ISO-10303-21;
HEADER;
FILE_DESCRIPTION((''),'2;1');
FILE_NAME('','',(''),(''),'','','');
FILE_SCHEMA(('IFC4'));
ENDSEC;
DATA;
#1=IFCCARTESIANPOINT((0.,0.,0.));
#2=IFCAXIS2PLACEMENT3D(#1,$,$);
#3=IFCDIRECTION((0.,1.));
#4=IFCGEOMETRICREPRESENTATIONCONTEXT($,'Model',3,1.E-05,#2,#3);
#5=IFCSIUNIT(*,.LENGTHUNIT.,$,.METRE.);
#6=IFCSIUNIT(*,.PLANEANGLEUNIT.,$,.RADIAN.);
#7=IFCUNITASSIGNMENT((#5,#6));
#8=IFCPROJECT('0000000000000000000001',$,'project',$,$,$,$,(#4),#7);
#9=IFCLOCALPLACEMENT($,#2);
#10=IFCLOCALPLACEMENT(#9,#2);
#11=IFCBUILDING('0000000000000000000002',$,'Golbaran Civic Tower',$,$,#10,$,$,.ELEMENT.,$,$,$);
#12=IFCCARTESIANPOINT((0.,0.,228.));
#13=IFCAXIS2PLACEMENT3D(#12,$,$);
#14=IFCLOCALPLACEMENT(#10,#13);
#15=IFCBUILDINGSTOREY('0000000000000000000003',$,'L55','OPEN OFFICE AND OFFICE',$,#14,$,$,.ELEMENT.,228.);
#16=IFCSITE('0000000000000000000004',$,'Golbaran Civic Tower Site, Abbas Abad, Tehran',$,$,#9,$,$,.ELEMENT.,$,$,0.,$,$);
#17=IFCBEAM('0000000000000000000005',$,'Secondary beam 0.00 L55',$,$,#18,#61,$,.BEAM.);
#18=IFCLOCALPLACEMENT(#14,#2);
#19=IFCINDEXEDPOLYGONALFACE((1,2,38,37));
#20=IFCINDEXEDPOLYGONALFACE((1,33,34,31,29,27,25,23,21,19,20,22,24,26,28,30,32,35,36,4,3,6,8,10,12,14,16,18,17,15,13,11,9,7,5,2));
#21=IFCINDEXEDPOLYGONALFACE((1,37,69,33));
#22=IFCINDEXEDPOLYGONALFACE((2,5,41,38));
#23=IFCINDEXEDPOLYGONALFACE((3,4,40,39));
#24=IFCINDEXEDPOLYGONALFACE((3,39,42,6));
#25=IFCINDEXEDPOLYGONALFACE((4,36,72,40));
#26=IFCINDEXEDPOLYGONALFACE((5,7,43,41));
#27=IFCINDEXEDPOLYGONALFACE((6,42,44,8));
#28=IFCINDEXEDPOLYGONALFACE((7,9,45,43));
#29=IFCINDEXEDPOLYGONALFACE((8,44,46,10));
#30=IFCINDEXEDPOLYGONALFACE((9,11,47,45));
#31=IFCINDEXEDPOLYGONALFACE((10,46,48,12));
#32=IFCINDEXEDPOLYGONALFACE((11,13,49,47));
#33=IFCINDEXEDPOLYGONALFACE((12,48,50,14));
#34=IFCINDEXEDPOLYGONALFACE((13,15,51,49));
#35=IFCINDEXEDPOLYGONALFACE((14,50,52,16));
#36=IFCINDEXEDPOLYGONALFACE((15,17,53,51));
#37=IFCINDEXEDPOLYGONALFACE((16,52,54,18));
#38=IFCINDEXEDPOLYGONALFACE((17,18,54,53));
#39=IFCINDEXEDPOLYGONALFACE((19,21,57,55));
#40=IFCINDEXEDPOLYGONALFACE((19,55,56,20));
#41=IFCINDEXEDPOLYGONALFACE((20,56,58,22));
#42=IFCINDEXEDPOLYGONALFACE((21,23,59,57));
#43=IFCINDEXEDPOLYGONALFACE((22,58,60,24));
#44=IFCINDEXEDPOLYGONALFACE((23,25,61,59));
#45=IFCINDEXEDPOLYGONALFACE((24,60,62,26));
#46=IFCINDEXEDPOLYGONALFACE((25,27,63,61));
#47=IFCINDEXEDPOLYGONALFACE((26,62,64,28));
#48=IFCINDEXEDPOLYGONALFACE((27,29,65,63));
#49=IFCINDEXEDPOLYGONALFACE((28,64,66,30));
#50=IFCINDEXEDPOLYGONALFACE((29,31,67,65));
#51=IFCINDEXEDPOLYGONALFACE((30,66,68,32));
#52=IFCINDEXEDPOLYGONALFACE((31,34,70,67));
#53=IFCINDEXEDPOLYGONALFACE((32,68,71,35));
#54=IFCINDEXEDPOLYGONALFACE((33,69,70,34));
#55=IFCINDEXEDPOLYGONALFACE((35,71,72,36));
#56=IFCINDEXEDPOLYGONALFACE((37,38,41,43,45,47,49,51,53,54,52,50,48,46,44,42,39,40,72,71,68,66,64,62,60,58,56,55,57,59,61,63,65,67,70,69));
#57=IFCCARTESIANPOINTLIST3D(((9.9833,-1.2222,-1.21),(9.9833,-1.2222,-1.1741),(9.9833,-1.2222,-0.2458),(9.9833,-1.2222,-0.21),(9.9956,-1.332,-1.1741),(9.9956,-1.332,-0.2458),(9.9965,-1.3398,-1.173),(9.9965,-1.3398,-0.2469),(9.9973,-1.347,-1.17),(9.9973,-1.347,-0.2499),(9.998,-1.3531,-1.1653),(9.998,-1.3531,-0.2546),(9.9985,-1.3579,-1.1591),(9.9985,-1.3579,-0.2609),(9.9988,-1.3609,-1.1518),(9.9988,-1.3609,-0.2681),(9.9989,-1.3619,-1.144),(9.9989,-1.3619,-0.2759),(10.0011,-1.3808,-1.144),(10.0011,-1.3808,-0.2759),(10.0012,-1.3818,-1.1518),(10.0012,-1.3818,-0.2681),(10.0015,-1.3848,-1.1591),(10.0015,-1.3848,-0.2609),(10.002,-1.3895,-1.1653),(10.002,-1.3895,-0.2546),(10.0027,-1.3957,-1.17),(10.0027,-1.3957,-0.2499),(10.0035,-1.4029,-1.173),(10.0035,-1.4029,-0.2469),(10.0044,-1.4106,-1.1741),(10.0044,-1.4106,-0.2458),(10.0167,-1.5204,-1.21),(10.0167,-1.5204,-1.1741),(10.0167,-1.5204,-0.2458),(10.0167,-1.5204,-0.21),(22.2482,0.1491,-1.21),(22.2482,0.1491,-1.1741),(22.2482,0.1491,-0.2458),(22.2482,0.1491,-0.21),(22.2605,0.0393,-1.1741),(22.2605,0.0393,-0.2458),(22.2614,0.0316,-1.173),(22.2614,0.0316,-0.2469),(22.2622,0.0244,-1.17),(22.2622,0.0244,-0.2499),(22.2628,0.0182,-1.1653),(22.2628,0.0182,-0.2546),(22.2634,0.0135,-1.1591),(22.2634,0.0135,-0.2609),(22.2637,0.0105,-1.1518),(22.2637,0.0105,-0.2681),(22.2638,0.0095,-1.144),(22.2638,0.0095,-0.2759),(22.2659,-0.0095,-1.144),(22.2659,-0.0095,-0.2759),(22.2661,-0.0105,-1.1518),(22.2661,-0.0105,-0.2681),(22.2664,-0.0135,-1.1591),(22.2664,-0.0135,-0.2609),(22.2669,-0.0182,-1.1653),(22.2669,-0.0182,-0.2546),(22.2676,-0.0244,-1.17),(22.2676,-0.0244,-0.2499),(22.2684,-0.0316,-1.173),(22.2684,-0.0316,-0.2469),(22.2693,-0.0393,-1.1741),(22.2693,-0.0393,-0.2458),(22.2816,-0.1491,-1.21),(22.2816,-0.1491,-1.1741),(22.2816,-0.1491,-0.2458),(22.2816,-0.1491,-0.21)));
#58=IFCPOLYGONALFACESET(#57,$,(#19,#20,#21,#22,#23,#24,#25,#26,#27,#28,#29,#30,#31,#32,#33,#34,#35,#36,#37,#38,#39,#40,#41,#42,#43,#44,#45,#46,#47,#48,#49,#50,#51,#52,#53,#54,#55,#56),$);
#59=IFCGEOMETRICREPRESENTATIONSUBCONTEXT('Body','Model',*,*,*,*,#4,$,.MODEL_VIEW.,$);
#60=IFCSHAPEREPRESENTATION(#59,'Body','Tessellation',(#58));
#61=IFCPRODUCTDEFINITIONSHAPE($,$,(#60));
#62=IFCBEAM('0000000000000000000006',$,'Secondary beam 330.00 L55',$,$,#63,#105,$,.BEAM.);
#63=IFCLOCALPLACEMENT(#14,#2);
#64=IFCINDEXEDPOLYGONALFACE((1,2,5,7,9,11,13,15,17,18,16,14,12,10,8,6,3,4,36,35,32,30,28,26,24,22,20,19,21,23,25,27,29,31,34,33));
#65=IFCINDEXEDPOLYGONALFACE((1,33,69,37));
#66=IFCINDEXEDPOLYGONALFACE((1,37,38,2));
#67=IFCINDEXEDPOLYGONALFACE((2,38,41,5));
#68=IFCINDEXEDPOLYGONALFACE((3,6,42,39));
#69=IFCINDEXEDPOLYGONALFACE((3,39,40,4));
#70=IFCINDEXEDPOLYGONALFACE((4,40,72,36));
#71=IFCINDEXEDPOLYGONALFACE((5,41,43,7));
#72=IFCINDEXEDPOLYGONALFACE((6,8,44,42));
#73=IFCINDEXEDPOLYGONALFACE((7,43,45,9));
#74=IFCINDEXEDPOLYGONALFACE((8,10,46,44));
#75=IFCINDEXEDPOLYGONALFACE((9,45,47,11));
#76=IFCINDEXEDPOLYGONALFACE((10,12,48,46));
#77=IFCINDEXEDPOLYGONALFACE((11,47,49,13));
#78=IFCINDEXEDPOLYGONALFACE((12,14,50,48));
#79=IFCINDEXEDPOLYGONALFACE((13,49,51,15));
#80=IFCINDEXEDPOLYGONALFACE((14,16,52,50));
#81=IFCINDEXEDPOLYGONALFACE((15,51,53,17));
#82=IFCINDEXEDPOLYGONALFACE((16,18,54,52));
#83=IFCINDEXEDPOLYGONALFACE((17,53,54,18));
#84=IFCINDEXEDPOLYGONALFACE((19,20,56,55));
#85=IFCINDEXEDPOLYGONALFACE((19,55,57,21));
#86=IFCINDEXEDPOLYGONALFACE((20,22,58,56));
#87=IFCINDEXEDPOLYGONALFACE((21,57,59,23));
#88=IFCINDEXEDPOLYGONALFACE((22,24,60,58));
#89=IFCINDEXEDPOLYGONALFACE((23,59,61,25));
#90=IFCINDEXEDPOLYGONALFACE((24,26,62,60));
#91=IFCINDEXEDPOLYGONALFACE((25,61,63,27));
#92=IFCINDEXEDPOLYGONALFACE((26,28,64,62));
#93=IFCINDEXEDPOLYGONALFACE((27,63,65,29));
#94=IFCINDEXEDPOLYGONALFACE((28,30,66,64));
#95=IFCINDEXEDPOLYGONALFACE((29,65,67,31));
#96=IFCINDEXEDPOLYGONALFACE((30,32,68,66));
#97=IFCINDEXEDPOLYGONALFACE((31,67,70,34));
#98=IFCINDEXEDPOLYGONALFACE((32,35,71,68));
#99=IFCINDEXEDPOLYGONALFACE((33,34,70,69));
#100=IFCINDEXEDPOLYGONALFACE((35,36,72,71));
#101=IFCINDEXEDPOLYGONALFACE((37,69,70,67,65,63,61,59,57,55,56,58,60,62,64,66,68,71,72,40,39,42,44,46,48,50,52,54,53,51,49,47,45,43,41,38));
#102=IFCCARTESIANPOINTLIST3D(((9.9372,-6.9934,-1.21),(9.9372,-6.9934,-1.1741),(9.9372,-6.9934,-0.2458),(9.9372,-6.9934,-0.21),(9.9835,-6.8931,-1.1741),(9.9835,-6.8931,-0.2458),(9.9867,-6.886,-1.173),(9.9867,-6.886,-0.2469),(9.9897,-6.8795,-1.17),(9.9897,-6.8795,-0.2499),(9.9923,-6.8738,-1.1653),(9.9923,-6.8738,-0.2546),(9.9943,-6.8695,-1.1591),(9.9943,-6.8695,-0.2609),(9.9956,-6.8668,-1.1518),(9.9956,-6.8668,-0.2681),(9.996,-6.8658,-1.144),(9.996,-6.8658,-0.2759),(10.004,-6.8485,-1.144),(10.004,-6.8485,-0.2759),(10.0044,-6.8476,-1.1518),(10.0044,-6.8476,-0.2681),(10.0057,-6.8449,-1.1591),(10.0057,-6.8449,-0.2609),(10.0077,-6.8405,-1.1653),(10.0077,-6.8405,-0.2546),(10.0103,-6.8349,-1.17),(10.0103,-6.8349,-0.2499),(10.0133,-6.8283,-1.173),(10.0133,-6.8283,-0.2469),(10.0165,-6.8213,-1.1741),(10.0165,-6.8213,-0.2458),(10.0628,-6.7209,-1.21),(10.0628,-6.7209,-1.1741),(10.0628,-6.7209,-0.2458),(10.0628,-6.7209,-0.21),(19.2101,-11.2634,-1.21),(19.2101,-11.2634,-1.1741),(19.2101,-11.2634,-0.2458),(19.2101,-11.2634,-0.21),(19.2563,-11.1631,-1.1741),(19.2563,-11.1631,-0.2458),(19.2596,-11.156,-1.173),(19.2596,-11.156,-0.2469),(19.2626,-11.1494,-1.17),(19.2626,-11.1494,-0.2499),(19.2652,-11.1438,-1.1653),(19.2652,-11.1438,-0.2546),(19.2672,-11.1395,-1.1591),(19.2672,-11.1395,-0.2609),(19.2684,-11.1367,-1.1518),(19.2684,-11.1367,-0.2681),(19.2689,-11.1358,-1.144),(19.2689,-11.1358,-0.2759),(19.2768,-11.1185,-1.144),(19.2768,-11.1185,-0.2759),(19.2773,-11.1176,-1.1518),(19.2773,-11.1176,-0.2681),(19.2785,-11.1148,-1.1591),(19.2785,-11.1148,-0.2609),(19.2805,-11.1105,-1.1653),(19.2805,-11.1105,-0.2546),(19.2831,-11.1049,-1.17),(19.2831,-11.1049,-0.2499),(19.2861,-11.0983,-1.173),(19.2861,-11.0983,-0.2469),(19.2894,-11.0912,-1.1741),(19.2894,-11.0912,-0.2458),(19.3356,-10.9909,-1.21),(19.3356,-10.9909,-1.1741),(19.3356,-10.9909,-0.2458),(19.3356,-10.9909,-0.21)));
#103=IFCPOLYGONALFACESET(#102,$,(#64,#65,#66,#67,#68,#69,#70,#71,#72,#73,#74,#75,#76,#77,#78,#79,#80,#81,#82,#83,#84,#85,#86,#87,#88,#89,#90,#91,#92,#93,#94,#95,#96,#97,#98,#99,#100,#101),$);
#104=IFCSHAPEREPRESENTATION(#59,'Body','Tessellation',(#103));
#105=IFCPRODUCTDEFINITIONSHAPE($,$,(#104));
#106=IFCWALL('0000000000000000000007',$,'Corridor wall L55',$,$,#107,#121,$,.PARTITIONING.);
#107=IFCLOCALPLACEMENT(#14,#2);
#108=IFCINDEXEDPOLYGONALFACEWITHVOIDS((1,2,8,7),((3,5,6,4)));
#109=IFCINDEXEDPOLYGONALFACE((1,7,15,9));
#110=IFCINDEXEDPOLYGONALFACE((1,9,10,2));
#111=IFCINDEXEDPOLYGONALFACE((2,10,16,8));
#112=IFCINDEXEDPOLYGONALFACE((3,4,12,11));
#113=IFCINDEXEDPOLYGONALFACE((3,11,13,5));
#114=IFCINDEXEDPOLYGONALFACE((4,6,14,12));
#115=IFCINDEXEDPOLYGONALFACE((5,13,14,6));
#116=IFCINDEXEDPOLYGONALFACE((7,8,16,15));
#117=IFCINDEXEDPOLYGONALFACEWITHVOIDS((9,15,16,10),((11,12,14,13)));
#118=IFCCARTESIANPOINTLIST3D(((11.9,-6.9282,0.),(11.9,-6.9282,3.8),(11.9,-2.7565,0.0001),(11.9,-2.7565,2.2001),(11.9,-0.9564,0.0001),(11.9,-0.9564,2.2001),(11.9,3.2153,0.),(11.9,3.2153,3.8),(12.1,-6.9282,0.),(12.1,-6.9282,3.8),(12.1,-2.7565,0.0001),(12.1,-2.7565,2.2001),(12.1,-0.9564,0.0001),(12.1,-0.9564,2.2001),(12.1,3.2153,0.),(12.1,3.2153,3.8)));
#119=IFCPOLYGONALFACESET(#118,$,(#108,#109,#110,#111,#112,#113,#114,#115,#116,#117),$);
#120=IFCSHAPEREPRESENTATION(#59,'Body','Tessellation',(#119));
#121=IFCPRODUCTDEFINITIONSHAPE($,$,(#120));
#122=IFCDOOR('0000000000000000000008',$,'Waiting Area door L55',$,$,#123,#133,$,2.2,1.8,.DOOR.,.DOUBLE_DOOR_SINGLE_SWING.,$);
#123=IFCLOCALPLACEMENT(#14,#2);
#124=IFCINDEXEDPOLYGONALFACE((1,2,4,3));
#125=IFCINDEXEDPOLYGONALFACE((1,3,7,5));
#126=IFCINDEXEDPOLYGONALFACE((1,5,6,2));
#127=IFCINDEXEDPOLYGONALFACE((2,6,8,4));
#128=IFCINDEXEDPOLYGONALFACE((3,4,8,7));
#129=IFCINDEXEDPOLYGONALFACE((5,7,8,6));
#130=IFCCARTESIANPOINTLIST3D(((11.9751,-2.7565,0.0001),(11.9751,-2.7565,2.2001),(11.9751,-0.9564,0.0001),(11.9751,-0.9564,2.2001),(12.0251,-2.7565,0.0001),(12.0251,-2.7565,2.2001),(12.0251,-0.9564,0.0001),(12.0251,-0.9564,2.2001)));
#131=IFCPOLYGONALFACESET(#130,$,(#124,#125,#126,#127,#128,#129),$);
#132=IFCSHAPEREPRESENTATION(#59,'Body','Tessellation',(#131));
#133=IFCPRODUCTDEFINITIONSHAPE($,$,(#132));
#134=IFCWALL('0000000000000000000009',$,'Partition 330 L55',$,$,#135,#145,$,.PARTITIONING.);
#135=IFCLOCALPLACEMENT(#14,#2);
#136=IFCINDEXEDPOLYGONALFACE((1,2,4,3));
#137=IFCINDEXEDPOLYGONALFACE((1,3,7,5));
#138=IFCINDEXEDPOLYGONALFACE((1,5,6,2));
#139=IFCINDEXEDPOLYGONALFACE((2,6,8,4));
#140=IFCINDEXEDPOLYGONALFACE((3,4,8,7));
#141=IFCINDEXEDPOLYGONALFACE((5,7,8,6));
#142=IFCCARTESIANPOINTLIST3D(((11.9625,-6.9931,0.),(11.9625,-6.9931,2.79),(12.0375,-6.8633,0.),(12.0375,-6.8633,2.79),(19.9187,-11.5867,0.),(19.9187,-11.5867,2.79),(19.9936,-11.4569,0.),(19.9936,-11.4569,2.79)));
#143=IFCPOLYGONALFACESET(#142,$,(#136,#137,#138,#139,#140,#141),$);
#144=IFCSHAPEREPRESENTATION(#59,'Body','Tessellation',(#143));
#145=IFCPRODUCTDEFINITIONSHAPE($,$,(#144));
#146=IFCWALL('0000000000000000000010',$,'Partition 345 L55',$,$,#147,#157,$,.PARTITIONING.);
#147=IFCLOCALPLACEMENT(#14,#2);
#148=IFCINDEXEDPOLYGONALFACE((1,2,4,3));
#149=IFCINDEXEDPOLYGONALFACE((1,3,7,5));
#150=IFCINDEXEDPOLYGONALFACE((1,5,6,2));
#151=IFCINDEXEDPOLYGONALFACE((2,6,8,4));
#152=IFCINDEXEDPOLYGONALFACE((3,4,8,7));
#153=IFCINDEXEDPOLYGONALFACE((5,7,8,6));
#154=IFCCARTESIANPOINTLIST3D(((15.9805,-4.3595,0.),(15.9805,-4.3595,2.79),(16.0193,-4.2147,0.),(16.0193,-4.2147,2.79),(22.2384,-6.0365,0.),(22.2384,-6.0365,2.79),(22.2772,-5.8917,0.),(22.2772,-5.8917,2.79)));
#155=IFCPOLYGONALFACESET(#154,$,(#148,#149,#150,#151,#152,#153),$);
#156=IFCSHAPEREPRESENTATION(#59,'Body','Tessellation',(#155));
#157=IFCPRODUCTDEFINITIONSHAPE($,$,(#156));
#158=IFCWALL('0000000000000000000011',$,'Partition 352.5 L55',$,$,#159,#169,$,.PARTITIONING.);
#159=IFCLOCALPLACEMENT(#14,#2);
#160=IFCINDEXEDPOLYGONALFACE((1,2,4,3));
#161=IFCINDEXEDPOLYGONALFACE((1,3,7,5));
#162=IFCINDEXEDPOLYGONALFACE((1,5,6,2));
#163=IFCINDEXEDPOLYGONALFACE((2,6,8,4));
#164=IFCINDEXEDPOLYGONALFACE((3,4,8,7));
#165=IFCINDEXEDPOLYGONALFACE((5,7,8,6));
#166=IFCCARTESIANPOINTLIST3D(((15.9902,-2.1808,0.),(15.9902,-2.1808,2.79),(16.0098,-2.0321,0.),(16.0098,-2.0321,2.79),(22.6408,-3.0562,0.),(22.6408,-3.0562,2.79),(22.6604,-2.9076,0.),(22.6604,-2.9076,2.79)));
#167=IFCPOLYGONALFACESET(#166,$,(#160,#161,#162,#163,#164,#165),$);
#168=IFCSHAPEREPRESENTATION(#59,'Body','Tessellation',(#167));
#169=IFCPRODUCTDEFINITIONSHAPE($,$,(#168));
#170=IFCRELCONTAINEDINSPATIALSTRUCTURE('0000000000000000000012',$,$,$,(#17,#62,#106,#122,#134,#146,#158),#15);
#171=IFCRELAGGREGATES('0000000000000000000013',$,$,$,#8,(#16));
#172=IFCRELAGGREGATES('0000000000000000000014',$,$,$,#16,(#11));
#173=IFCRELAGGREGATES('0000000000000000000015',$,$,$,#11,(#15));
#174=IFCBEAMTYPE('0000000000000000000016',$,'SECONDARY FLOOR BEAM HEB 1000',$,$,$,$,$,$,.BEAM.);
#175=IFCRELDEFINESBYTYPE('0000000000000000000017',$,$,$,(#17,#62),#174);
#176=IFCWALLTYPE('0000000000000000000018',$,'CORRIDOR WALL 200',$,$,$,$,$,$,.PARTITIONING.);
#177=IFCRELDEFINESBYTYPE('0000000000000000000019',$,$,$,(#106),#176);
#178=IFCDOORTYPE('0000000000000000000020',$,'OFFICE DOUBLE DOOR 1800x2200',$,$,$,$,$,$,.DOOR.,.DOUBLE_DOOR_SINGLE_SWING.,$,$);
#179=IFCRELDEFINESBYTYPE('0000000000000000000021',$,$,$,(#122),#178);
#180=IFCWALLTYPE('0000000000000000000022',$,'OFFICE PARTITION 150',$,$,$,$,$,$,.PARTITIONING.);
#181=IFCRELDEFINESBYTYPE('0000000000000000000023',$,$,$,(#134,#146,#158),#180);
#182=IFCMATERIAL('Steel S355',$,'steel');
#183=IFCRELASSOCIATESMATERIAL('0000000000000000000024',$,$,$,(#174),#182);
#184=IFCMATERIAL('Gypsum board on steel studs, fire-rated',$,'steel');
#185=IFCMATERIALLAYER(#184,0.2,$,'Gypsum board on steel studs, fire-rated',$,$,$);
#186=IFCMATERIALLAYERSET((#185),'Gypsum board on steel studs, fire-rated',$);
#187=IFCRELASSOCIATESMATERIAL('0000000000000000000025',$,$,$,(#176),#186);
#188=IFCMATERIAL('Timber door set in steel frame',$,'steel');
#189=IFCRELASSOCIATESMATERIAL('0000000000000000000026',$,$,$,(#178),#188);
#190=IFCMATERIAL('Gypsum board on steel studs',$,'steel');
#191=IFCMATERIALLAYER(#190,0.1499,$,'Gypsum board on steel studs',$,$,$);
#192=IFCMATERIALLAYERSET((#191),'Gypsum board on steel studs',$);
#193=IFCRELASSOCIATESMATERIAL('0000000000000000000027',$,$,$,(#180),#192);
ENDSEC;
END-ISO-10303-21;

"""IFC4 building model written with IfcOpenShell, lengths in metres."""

from ifc_helpers import new_model, si_unit, direction, frame, frame_2d, origin, origin_2d, place, context, subcontext, project, spatial, rectangle, i_section, extrude, material, layer, layer_set, material_profile, profile_set, type_object, element, fill, save


model = new_model("IFC4")

# Units and contexts
model_context = context("Model", 3, precision=1e-05, world=origin(), true_north=direction((0.0, 1.0)))
body_context = subcontext(model_context, "Body", "Model", "MODEL_VIEW")
ifc_project = project(units=[si_unit("LENGTHUNIT", "METRE"), si_unit("PLANEANGLEUNIT", "RADIAN")], contexts=[model_context])

# Site, building, storey
site_placement = place(None, origin())
site = spatial("IfcSite", under=ifc_project, at=site_placement, Name="Golbaran Civic Tower Site, Abbas Abad, Tehran", CompositionType="ELEMENT", RefElevation=0.0)
building_placement = place(site_placement, origin())
building = spatial("IfcBuilding", under=site, at=building_placement, Name="Golbaran Civic Tower", CompositionType="ELEMENT")
storey_placement = place(building_placement, frame((0.0, 0.0, 228.0)))
storey = spatial("IfcBuildingStorey", under=building, at=storey_placement, Name="L55", Description="OPEN OFFICE AND OFFICE", CompositionType="ELEMENT", Elevation=228.0)

# Beams
ifc_material_1 = material(Name="Steel S355", Category="steel")
ifc_material_profile_1 = material_profile(ifc_material_1, i_section(OverallWidth=0.3, OverallDepth=1.0, WebThickness=0.019, FlangeThickness=0.0359, FilletRadius=0.03, at=origin_2d()), Name="HEB 1000")
ifc_profile_set_1 = profile_set([ifc_material_profile_1], Name="Steel S355")
beam_type_1 = type_object("IfcBeamType", Name="SECONDARY FLOOR BEAM HEB 1000", PredefinedType="BEAM", material=ifc_profile_set_1)
beam_1_placement = place(storey_placement, frame((10.0, -1.3713, -0.71), z_axis=(0.993807, 0.111118, 0.0), x_axis=(-0.111118, 0.993807, 0.0)))
element("IfcBeam", 1, at=beam_1_placement, inside=storey, type_object=beam_type_1, Name="Secondary beam 0.00 L55", PredefinedType="BEAM", context=body_context, shape_type="SweptSolid", body=[
    extrude(i_section(OverallWidth=0.3, OverallDepth=1.0, WebThickness=0.019, FlangeThickness=0.0359, FilletRadius=0.03, at=origin_2d()), origin(), (0.0, 0.0, 1.0), 12.3413),
])
beam_2_placement = place(storey_placement, frame((10.0, -6.8572, -0.71), z_axis=(0.908324, -0.418266, 0.0), x_axis=(0.418266, 0.908324, 0.0)))
element("IfcBeam", 2, at=beam_2_placement, inside=storey, type_object=beam_type_1, Name="Secondary beam 330.00 L55", PredefinedType="BEAM", context=body_context, shape_type="SweptSolid", body=[
    extrude(i_section(OverallWidth=0.3, OverallDepth=1.0, WebThickness=0.019, FlangeThickness=0.0359, FilletRadius=0.03, at=origin_2d()), origin(), (0.0, 0.0, 1.0), 10.2087),
])

# Wall, opening, door
ifc_material_2 = material(Name="Gypsum board on steel studs, fire-rated", Category="steel")
ifc_layer_1 = layer(ifc_material_2, 0.2, Name="Gypsum board on steel studs, fire-rated")
ifc_layer_set_1 = layer_set([ifc_layer_1], Name="Gypsum board on steel studs, fire-rated")
wall_type_1 = type_object("IfcWallType", Name="CORRIDOR WALL 200", PredefinedType="PARTITIONING", material=ifc_layer_set_1)
wall_1_placement = place(storey_placement, frame((12.0, -6.9282, 0.0), z_axis=(0.0, 0.0, 1.0), x_axis=(0.0, 1.0, 0.0)))
wall_1 = element("IfcWall", 3, at=wall_1_placement, inside=storey, type_object=wall_type_1, Name="Corridor wall L55", PredefinedType="PARTITIONING", context=body_context, shape_type="SweptSolid", body=[
    extrude(rectangle(XDim=10.1436, YDim=0.2, at=frame_2d((5.0718, 0.0))), origin(), (0.0, 0.0, 1.0), 3.8),
])
opening_1_placement = place(wall_1_placement, frame((4.1719, 0.0, 0.0)))
opening_1 = element("IfcOpeningElement", 4, at=opening_1_placement, cuts=wall_1, PredefinedType="OPENING", context=body_context, shape_type="SweptSolid", body=[
    extrude(rectangle(XDim=1.8, YDim=2.2, at=frame_2d((0.8999, 1.1001))), frame((0.0, 0.1099, 0.0), z_axis=(0.0, -1.0, 0.0), x_axis=(1.0, 0.0, 0.0)), (0.0, 0.0, 1.0), 0.22),
])
ifc_material_3 = material(Name="Timber door set in steel frame", Category="steel")
door_type_1 = type_object("IfcDoorType", Name="OFFICE DOUBLE DOOR 1800x2200", OperationType="DOUBLE_DOOR_SINGLE_SWING", PredefinedType="DOOR", material=ifc_material_3)
door_1_placement = place(opening_1_placement, origin())
door_1 = element("IfcDoor", 5, at=door_1_placement, inside=storey, type_object=door_type_1, Name="Waiting Area door L55", OperationType="DOUBLE_DOOR_SINGLE_SWING", OverallHeight=2.2, OverallWidth=1.8, PredefinedType="DOOR", context=body_context, shape_type="SweptSolid", body=[
    extrude(rectangle(XDim=1.8, YDim=2.2, at=frame_2d((0.8999, 1.1001))), frame((0.0, 0.0249, 0.0), z_axis=(0.0, -1.0, 0.0), x_axis=(1.0, 0.0, 0.0)), (0.0, 0.0, 1.0), 0.05),
])
fill(opening_1, door_1)

# Walls
ifc_material_4 = material(Name="Gypsum board on steel studs", Category="steel")
ifc_layer_2 = layer(ifc_material_4, 0.1499, Name="Gypsum board on steel studs")
ifc_layer_set_2 = layer_set([ifc_layer_2], Name="Gypsum board on steel studs")
wall_type_2 = type_object("IfcWallType", Name="OFFICE PARTITION 150", PredefinedType="PARTITIONING", material=ifc_layer_set_2)
wall_2_placement = place(storey_placement, frame((12.0, -6.9282, 0.0), z_axis=(0.0, 0.0, 1.0), x_axis=(0.866022, -0.500006, 0.0)))
element("IfcWall", 6, at=wall_2_placement, inside=storey, type_object=wall_type_2, Name="Partition 330 L55", PredefinedType="PARTITIONING", context=body_context, shape_type="SweptSolid", body=[
    extrude(rectangle(XDim=9.187, YDim=0.1499, at=frame_2d((4.5935, 0.0))), origin(), (0.0, 0.0, 1.0), 2.79),
])
wall_3_placement = place(storey_placement, frame((16.0, -4.2871, 0.0), z_axis=(0.0, 0.0, 1.0), x_axis=(0.96592, -0.258842, 0.0)))
element("IfcWall", 7, at=wall_3_placement, inside=storey, type_object=wall_type_2, Name="Partition 345 L55", PredefinedType="PARTITIONING", context=body_context, shape_type="SweptSolid", body=[
    extrude(rectangle(XDim=6.4788, YDim=0.1499, at=frame_2d((3.2393, 0.0))), origin(), (0.0, 0.0, 1.0), 2.79),
])
wall_4_placement = place(storey_placement, frame((16.0, -2.1064, 0.0), z_axis=(0.0, 0.0, 1.0), x_axis=(0.991446, -0.130514, 0.0)))
element("IfcWall", 8, at=wall_4_placement, inside=storey, type_object=wall_type_2, Name="Partition 352.5 L55", PredefinedType="PARTITIONING", context=body_context, shape_type="SweptSolid", body=[
    extrude(rectangle(XDim=6.708, YDim=0.1499, at=frame_2d((3.354, 0.0))), origin(), (0.0, 0.0, 1.0), 2.79),
])

save(model, "model.ifc")
